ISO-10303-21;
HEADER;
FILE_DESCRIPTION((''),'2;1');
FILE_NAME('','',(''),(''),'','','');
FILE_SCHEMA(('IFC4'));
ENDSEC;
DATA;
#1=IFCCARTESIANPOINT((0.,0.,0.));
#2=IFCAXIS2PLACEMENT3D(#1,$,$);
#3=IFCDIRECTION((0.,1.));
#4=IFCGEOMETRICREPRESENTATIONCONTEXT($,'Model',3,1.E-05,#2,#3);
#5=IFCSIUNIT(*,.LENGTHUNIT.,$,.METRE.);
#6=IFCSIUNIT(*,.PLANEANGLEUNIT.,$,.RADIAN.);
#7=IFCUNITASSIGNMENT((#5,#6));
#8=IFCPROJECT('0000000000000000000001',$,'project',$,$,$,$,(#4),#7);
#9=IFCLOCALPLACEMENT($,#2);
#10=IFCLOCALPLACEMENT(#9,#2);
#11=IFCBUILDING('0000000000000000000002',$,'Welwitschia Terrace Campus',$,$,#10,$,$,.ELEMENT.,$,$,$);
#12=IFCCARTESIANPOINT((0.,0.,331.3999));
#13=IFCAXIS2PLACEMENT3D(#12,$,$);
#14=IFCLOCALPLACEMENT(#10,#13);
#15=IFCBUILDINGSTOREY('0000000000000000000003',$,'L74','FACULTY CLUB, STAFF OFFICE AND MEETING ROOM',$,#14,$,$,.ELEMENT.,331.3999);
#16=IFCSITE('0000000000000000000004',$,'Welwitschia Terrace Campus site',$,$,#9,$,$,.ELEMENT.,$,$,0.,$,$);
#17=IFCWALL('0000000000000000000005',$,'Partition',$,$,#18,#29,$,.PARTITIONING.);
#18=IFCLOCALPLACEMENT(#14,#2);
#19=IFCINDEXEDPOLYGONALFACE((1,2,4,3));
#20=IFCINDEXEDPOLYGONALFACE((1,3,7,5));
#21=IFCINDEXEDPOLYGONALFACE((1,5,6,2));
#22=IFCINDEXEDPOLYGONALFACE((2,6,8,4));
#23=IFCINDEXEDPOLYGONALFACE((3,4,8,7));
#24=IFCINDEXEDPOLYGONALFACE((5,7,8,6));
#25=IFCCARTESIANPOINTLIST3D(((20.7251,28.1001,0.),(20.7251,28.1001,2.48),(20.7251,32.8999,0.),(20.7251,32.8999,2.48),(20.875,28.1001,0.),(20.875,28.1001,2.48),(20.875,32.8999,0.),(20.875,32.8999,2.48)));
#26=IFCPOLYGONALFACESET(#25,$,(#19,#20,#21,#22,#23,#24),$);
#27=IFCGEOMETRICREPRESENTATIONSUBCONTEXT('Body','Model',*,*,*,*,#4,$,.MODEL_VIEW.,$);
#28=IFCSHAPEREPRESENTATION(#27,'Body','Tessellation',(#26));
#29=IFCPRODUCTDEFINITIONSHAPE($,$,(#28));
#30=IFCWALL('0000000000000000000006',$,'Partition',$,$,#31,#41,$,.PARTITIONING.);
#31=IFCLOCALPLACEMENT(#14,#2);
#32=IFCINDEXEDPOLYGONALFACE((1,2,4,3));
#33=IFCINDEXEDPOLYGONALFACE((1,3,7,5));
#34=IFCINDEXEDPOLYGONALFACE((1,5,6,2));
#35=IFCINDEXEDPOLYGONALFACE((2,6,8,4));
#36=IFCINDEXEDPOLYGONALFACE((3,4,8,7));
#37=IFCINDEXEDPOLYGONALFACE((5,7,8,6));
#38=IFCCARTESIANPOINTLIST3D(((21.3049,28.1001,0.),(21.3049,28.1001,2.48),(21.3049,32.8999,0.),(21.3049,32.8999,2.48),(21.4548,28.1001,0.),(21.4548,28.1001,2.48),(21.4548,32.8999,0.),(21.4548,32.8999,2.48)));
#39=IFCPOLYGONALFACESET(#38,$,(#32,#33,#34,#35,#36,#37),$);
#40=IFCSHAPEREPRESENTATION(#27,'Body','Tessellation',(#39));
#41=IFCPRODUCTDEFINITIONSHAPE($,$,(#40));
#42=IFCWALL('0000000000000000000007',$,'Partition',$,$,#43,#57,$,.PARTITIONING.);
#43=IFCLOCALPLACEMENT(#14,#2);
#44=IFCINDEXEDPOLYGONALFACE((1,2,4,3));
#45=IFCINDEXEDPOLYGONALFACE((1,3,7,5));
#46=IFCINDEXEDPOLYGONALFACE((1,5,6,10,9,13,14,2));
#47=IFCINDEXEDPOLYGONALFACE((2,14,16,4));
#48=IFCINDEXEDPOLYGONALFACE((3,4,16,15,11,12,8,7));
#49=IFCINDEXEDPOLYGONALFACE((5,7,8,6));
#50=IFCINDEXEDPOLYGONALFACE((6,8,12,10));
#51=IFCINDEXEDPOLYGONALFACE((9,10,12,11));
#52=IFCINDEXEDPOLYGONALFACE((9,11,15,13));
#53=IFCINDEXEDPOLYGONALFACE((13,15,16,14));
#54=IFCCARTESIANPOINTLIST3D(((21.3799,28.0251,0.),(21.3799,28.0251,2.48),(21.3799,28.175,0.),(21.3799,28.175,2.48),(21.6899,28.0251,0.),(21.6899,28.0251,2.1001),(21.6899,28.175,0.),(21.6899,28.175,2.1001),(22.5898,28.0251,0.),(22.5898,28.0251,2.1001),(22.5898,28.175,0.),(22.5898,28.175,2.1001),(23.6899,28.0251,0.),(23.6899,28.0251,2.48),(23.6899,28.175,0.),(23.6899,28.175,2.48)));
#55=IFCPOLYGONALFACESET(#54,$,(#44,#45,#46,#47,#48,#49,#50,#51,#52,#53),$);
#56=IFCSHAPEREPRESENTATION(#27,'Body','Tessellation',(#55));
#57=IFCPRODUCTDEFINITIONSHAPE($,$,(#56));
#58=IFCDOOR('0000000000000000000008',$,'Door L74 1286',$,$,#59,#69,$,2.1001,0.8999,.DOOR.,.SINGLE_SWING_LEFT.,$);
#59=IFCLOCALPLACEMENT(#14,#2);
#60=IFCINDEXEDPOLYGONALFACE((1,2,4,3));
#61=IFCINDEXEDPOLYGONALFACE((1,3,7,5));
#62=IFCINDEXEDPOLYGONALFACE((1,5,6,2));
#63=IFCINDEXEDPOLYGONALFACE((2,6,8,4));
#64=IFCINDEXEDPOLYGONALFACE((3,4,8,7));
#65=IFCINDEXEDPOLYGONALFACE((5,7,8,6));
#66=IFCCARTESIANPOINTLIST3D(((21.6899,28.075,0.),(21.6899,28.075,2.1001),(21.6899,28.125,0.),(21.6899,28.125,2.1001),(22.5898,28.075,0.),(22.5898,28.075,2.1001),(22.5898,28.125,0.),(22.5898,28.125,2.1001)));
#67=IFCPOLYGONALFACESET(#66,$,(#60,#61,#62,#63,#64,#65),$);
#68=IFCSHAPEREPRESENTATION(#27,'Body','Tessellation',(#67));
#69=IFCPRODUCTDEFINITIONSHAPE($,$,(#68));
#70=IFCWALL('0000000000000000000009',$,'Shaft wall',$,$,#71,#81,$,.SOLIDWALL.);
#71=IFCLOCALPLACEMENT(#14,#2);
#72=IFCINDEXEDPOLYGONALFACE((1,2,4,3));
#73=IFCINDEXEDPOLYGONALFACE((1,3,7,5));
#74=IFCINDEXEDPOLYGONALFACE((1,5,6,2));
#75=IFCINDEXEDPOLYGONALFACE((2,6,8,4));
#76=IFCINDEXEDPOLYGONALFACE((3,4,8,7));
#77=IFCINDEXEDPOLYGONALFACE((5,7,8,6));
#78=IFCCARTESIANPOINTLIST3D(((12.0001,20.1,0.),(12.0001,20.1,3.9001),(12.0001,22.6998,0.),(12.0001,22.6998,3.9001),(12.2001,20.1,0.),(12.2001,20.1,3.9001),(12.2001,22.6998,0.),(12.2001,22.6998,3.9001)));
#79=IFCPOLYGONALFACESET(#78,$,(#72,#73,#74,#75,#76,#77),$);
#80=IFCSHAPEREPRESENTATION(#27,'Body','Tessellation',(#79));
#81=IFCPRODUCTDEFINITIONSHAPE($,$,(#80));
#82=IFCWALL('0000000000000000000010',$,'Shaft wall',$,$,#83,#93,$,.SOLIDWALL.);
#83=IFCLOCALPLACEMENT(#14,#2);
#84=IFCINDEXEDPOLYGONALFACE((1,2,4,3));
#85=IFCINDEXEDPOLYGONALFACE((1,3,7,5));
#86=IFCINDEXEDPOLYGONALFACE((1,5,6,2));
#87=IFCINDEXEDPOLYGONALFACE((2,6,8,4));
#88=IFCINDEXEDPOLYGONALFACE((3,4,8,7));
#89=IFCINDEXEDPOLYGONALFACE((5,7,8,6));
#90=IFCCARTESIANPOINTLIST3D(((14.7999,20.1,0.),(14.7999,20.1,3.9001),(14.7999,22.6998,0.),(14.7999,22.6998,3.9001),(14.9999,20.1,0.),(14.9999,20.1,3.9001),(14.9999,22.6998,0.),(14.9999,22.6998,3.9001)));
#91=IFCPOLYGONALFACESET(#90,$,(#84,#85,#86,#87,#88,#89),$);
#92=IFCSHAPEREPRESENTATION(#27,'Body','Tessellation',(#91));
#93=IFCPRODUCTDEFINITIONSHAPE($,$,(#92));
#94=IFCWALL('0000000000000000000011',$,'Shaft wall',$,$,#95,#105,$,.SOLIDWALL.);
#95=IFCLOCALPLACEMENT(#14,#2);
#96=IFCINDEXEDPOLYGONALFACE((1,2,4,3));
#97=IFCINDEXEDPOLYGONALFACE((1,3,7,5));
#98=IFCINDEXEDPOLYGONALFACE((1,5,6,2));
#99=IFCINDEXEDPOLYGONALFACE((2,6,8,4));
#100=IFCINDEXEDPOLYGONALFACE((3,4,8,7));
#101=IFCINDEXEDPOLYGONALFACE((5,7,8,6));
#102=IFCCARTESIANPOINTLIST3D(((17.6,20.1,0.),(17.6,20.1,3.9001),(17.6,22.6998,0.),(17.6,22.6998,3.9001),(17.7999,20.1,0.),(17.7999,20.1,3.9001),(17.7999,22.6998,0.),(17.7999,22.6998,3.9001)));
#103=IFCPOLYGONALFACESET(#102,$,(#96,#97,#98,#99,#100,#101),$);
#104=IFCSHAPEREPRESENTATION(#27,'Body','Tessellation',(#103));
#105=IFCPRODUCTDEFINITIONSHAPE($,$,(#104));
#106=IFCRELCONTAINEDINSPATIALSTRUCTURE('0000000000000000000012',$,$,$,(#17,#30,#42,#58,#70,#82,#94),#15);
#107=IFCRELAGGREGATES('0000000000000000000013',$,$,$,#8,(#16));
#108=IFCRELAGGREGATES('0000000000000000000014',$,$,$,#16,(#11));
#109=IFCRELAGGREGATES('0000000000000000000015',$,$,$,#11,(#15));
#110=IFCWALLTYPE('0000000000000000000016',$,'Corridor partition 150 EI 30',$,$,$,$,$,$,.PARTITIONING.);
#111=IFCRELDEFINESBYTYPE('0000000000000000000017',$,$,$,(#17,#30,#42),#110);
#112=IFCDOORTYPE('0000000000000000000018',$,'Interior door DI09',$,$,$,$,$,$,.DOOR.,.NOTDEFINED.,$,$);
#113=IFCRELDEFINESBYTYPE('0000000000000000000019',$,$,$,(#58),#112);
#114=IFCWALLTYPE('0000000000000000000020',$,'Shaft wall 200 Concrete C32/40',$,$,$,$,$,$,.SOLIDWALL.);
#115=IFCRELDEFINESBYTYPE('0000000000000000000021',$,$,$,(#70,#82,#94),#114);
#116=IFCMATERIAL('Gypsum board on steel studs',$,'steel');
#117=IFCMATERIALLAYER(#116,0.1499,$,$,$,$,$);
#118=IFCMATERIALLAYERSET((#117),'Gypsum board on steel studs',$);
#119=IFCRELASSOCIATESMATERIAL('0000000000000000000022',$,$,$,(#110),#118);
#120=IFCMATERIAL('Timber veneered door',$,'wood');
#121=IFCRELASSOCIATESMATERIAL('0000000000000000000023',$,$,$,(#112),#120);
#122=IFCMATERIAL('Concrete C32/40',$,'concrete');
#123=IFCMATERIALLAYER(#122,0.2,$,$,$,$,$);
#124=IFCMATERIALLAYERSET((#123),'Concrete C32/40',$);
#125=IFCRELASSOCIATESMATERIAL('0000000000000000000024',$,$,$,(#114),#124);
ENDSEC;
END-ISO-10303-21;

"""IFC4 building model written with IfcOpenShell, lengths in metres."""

from ifc_helpers import new_model, si_unit, direction, frame, frame_2d, origin, place, context, subcontext, project, spatial, rectangle, extrude, material, layer, layer_set, type_object, element, fill, save


model = new_model("IFC4")

# Units and contexts
model_context = context("Model", 3, precision=1e-05, world=origin(), true_north=direction((0.0, 1.0)))
body_context = subcontext(model_context, "Body", "Model", "MODEL_VIEW")
ifc_project = project(units=[si_unit("LENGTHUNIT", "METRE"), si_unit("PLANEANGLEUNIT", "RADIAN")], contexts=[model_context])

# Site, building, storey
site_placement = place(None, origin())
site = spatial("IfcSite", under=ifc_project, at=site_placement, Name="Welwitschia Terrace Campus site", CompositionType="ELEMENT", RefElevation=0.0)
building_placement = place(site_placement, origin())
building = spatial("IfcBuilding", under=site, at=building_placement, Name="Welwitschia Terrace Campus", CompositionType="ELEMENT")
storey_placement = place(building_placement, frame((0.0, 0.0, 331.3999)))
storey = spatial("IfcBuildingStorey", under=building, at=storey_placement, Name="L74", Description="FACULTY CLUB, STAFF OFFICE AND MEETING ROOM", CompositionType="ELEMENT", Elevation=331.3999)

# Shared definitions
ifc_material_1 = material(Name="Gypsum board on steel studs", Category="steel")
ifc_layer_1 = layer(ifc_material_1, 0.1499)
ifc_layer_set_1 = layer_set([ifc_layer_1], Name="Gypsum board on steel studs")
wall_type_1 = type_object("IfcWallType", Name="Corridor partition 150 EI 30", PredefinedType="PARTITIONING", material=ifc_layer_set_1)

# Shared definitions
ifc_material_2 = material(Name="Timber veneered door", Category="wood")
door_type = type_object("IfcDoorType", Name="Interior door DI09", OperationType="NOTDEFINED", PredefinedType="DOOR", material=ifc_material_2)

# Walls
for number, where, z_axis, x_axis, name in (
    (1, (20.8, 28.1001, 0.0), (0.0, 0.0, 1.0), (0.0, 1.0, 0.0), "Partition"),
    (2, (21.3799, 28.1001, 0.0), (0.0, 0.0, 1.0), (0.0, 1.0, 0.0), "Partition"),
):
    element("IfcWall", number, at=place(storey_placement, frame(where, z_axis=z_axis, x_axis=x_axis)), inside=storey, type_object=wall_type_1, Name=name, PredefinedType="PARTITIONING", context=body_context, shape_type="SweptSolid", body=[
        extrude(rectangle(XDim=4.7998, YDim=0.1499, at=frame_2d((2.3999, 0.0))), origin(), (0.0, 0.0, 1.0), 2.48),
    ])

# Wall, opening, door
wall_1_placement = place(storey_placement, frame((21.3799, 28.1001, 0.0), z_axis=(0.0, 0.0, 1.0), x_axis=(1.0, 0.0, 0.0)))
wall_1 = element("IfcWall", 3, at=wall_1_placement, inside=storey, type_object=wall_type_1, Name="Partition", PredefinedType="PARTITIONING", context=body_context, shape_type="SweptSolid", body=[
    extrude(rectangle(XDim=2.3101, YDim=0.1499, at=frame_2d((1.155, 0.0))), origin(), (0.0, 0.0, 1.0), 2.48),
])
opening_1_placement = place(wall_1_placement, frame((0.3101, 0.0, 0.0)))
opening_1 = element("IfcOpeningElement", 4, at=opening_1_placement, cuts=wall_1, PredefinedType="OPENING", context=body_context, shape_type="SweptSolid", body=[
    extrude(rectangle(XDim=0.8999, YDim=2.1001, at=frame_2d((0.45, 1.05))), frame((0.0, 0.085, 0.0), z_axis=(0.0, -1.0, 0.0), x_axis=(1.0, 0.0, 0.0)), (0.0, 0.0, 1.0), 0.1699),
])
door_1_placement = place(opening_1_placement, origin())
door_1 = element("IfcDoor", 5, at=door_1_placement, inside=storey, type_object=door_type, Name="Door L74 1286", OperationType="SINGLE_SWING_LEFT", OverallHeight=2.1001, OverallWidth=0.8999, PredefinedType="DOOR", context=body_context, shape_type="SweptSolid", body=[
    extrude(rectangle(XDim=0.8999, YDim=2.1001, at=frame_2d((0.45, 1.05))), frame((0.0, 0.0249, 0.0), z_axis=(0.0, -1.0, 0.0), x_axis=(1.0, 0.0, 0.0)), (0.0, 0.0, 1.0), 0.05),
])
fill(opening_1, door_1)

# Walls
ifc_material_3 = material(Name="Concrete C32/40", Category="concrete")
ifc_layer_2 = layer(ifc_material_3, 0.2)
ifc_layer_set_2 = layer_set([ifc_layer_2], Name="Concrete C32/40")
wall_type_2 = type_object("IfcWallType", Name="Shaft wall 200 Concrete C32/40", PredefinedType="SOLIDWALL", material=ifc_layer_set_2)
for number, where, z_axis, x_axis, name in (
    (6, (12.1001, 20.1001, 0.0), (0.0, 0.0, 1.0), (0.0, 1.0, 0.0), "Shaft wall"),
    (7, (14.8999, 20.1001, 0.0), (0.0, 0.0, 1.0), (0.0, 1.0, 0.0), "Shaft wall"),
    (8, (17.7, 20.1001, 0.0), (0.0, 0.0, 1.0), (0.0, 1.0, 0.0), "Shaft wall"),
):
    element("IfcWall", number, at=place(storey_placement, frame(where, z_axis=z_axis, x_axis=x_axis)), inside=storey, type_object=wall_type_2, Name=name, PredefinedType="SOLIDWALL", context=body_context, shape_type="SweptSolid", body=[
        extrude(rectangle(XDim=2.5999, YDim=0.2, at=frame_2d((1.2998, 0.0))), origin(), (0.0, 0.0, 1.0), 3.9001),
    ])

save(model, "model.ifc")
